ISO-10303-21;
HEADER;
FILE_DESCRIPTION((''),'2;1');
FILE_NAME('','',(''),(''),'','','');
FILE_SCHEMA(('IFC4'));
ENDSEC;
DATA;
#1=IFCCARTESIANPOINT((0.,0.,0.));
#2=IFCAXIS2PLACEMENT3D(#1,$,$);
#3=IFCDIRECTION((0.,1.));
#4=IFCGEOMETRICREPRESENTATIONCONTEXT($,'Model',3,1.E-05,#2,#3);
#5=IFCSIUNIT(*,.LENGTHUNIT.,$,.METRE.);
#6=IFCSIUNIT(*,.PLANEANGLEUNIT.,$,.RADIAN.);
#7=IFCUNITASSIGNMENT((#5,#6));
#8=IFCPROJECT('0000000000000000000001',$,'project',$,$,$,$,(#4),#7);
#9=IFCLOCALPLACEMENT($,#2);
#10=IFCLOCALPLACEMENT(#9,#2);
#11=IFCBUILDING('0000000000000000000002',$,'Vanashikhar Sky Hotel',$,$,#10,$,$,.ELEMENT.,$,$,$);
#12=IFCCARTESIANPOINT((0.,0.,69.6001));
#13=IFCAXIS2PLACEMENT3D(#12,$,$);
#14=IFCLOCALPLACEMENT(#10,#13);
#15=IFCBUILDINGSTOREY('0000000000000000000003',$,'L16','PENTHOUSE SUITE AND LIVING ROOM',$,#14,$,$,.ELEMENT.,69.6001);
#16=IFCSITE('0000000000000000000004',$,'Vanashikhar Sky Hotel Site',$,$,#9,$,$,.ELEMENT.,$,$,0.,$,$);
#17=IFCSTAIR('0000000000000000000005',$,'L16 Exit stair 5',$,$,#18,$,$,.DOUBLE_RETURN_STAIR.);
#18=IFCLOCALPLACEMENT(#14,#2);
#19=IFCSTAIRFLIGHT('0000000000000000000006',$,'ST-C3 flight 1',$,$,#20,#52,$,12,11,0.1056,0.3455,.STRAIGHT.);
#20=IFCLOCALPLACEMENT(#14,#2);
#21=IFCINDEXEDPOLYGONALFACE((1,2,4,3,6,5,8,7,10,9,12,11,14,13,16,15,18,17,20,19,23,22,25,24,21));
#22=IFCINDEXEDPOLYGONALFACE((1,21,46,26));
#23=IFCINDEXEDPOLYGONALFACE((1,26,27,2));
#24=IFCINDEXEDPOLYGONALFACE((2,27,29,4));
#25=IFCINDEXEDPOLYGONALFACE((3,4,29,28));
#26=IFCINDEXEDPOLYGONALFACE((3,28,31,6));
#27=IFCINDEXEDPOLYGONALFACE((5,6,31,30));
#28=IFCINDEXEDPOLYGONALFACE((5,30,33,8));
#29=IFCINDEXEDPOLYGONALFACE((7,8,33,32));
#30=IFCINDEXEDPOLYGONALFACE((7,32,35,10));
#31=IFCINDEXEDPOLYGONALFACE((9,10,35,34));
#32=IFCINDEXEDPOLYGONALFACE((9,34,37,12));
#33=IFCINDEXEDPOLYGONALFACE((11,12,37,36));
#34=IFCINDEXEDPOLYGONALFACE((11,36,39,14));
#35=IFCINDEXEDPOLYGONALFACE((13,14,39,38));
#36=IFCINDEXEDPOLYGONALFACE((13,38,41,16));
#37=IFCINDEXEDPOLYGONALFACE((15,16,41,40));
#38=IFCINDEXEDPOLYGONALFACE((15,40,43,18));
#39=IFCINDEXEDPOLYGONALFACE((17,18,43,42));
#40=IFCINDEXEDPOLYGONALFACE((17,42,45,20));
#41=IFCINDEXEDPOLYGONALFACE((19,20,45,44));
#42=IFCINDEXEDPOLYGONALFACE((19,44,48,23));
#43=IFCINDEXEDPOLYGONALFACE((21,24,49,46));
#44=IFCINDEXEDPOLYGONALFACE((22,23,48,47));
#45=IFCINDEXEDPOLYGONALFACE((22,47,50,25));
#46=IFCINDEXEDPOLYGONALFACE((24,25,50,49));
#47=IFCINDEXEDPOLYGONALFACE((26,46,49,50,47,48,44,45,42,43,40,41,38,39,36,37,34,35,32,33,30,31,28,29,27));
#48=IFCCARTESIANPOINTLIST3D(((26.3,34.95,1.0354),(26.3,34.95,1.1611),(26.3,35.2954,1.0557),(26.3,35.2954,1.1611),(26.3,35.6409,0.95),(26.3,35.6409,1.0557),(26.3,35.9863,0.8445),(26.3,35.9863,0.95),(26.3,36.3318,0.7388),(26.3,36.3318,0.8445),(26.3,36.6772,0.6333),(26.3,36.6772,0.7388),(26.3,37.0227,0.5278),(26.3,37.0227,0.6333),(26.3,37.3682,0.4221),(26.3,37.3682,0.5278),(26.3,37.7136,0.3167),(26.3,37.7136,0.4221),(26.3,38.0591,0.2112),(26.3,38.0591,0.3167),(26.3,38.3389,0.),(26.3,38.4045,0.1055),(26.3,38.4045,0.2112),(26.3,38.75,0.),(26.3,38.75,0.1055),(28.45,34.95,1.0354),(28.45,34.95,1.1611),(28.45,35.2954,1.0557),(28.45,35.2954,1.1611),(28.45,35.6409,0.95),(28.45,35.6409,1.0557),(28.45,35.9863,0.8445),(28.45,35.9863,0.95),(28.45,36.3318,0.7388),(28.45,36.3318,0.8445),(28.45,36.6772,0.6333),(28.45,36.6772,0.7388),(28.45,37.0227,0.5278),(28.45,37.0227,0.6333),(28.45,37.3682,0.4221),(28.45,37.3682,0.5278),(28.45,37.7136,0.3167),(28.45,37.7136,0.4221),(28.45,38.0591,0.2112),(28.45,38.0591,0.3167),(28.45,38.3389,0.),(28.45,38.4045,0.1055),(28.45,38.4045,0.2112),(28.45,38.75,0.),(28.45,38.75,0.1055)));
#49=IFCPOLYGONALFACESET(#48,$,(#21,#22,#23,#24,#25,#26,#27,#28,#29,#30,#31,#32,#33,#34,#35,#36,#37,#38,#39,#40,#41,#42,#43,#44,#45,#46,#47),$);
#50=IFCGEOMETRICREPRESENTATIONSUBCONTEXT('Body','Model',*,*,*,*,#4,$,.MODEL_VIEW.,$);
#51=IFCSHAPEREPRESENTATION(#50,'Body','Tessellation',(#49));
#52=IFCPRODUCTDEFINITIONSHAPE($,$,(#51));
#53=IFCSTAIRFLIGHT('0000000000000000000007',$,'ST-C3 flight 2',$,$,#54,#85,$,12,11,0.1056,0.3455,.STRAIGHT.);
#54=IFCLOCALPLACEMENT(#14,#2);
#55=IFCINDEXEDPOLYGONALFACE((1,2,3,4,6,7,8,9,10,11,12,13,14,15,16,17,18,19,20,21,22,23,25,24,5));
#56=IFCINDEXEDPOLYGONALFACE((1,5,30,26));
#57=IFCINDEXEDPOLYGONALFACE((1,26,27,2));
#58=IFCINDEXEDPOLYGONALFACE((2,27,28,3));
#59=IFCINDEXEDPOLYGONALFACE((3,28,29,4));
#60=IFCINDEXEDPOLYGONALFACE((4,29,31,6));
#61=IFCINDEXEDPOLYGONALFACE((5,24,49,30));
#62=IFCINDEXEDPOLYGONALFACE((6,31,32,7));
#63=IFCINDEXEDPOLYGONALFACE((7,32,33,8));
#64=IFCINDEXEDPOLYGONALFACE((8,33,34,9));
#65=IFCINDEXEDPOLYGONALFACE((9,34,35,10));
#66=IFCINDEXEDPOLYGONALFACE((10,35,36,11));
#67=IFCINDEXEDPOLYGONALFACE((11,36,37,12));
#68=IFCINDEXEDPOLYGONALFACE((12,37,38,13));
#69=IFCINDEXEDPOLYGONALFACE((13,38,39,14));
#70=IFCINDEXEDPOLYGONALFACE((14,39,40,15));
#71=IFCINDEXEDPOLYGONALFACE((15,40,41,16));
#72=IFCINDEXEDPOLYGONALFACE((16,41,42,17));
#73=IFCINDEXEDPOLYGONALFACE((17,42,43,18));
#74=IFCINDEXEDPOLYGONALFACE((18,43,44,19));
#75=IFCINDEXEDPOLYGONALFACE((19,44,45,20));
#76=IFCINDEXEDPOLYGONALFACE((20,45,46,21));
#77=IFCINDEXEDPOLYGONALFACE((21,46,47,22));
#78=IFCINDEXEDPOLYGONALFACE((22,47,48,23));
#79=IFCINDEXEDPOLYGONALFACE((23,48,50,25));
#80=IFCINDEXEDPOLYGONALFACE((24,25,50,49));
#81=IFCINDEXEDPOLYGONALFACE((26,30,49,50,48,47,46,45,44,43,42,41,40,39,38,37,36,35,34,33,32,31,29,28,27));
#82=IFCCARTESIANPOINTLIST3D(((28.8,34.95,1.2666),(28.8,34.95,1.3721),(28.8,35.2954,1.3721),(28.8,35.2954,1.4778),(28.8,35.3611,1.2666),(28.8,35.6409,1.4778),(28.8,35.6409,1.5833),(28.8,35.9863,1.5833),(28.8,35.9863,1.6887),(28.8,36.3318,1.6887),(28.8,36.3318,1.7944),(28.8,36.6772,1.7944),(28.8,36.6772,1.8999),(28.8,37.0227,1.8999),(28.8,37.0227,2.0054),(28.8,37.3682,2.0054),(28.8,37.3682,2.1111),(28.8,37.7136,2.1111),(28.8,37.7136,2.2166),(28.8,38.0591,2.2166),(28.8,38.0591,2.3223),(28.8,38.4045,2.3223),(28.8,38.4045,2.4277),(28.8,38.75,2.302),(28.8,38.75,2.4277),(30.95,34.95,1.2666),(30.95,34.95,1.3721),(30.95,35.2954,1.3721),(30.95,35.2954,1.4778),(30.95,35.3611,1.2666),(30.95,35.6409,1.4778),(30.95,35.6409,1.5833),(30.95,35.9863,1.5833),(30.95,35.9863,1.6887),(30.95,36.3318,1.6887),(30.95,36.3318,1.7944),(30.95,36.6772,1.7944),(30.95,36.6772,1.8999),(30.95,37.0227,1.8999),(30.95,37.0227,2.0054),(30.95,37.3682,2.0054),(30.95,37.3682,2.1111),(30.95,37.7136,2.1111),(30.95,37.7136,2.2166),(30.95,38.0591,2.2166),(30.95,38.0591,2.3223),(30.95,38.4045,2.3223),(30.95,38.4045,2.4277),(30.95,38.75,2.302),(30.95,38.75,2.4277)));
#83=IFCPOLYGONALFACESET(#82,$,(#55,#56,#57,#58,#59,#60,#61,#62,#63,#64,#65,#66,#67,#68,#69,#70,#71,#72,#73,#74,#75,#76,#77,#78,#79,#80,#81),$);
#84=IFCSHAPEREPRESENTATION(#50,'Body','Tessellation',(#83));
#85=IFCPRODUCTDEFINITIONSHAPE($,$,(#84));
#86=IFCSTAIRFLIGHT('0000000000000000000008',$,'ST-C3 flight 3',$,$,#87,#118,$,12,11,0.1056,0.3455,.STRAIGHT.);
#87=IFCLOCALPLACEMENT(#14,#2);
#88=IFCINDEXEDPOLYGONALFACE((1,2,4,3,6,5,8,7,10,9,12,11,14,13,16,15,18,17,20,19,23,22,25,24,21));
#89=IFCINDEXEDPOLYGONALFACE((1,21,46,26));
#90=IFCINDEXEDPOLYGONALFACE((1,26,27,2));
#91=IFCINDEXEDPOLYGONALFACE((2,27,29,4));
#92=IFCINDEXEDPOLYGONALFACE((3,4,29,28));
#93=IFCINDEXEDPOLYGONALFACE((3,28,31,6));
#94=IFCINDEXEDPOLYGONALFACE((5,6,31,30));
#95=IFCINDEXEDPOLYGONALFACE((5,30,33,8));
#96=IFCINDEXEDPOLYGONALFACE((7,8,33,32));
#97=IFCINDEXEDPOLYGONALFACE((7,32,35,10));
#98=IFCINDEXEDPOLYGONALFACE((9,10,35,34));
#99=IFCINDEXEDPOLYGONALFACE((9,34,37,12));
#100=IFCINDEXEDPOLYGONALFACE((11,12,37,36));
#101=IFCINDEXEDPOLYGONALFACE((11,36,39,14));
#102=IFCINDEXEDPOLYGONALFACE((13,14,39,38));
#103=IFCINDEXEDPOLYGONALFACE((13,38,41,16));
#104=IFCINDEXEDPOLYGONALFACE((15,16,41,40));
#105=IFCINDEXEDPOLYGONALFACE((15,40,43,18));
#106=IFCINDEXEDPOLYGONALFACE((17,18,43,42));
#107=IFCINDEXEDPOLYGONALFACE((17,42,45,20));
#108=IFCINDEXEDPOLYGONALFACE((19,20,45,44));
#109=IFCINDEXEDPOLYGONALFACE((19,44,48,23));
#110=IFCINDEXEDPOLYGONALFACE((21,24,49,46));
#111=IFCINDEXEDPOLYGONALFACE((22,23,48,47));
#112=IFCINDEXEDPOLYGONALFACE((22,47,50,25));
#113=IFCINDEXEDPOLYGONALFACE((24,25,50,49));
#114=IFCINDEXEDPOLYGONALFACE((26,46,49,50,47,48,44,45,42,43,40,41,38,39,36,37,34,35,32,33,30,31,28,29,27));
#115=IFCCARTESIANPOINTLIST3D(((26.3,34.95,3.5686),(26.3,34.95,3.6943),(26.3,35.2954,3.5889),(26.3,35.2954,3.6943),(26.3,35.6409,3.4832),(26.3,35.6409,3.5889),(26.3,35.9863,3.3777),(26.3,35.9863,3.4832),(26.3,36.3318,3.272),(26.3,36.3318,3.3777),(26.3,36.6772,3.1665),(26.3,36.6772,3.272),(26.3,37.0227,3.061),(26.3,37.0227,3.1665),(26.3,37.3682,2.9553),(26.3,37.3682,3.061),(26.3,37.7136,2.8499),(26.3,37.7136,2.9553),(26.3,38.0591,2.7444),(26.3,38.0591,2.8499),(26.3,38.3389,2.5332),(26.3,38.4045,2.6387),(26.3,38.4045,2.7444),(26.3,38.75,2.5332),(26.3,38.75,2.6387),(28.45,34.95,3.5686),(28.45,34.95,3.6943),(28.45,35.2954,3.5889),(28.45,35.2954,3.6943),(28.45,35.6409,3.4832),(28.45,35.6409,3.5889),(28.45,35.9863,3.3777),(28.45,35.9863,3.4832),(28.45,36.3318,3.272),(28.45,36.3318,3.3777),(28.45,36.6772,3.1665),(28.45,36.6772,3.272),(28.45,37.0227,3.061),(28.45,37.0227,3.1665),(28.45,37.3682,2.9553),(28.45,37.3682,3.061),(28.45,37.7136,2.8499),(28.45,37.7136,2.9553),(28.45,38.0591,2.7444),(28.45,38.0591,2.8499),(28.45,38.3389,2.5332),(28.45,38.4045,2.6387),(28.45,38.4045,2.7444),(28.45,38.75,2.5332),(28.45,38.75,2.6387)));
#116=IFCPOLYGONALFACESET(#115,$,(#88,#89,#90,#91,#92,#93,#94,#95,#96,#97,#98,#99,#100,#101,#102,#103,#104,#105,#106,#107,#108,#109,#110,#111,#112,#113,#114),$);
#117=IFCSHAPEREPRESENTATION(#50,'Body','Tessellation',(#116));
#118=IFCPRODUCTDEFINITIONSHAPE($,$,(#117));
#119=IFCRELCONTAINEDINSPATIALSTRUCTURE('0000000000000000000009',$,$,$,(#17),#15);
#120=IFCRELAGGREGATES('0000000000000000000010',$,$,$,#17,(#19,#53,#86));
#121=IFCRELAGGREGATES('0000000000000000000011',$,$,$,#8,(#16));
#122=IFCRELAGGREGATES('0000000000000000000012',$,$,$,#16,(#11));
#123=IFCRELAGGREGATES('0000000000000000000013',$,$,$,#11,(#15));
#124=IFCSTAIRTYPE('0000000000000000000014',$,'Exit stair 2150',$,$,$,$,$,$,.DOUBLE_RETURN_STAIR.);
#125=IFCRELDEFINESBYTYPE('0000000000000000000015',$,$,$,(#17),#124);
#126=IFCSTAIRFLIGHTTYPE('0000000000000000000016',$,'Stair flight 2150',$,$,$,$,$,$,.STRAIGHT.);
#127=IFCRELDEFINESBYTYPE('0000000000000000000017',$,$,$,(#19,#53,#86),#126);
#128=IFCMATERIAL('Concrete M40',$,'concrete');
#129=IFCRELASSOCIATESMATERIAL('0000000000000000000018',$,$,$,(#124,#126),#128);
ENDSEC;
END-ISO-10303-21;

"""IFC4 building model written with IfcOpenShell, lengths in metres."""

from ifc_helpers import new_model, si_unit, direction, frame, origin, place, context, subcontext, project, spatial, polyline, outline, extrude, source, transform, mapped, material, type_object, element, aggregate, save


model = new_model("IFC4")

# Units and contexts
model_context = context("Model", 3, precision=1e-05, world=origin(), true_north=direction((0.0, 1.0)))
body_context = subcontext(model_context, "Body", "Model", "MODEL_VIEW")
ifc_project = project(units=[si_unit("LENGTHUNIT", "METRE"), si_unit("PLANEANGLEUNIT", "RADIAN")], contexts=[model_context])

# Site, building, storey
site_placement = place(None, origin())
site = spatial("IfcSite", under=ifc_project, at=site_placement, Name="Vanashikhar Sky Hotel Site", CompositionType="ELEMENT", RefElevation=0.0)
building_placement = place(site_placement, origin())
building = spatial("IfcBuilding", under=site, at=building_placement, Name="Vanashikhar Sky Hotel", CompositionType="ELEMENT")
storey_placement = place(building_placement, frame((0.0, 0.0, 69.6001)))
storey = spatial("IfcBuildingStorey", under=building, at=storey_placement, Name="L16", Description="PENTHOUSE SUITE AND LIVING ROOM", CompositionType="ELEMENT", Elevation=69.6001)

# Shared definitions
ifc_material_1 = material(Name="Concrete M40", Category="concrete")

# Stair, stair flights
stair_type = type_object("IfcStairType", Name="Exit stair 2150", PredefinedType="DOUBLE_RETURN_STAIR", material=ifc_material_1)
stair_placement = place(storey_placement, origin())
stair = element("IfcStair", 1, at=stair_placement, inside=storey, type_object=stair_type, Name="L16 Exit stair 5", PredefinedType="DOUBLE_RETURN_STAIR")
stair_flight_type = type_object("IfcStairFlightType", Name="Stair flight 2150", PredefinedType="STRAIGHT", material=ifc_material_1)
shared_shape_1 = source(origin(), body_context, "Body", "SweptSolid", [
    extrude(outline(polyline([(0.0, 0.0), (0.0, 0.1055), (0.3455, 0.1055), (0.3455, 0.2112), (0.6909, 0.2112), (0.6909, 0.3167), (1.0364, 0.3167), (1.0364, 0.4221), (1.3818, 0.4221), (1.3818, 0.5278), (1.7273, 0.5278), (1.7273, 0.6333), (2.0728, 0.6333), (2.0728, 0.7388), (2.4182, 0.7388), (2.4182, 0.8445), (2.7637, 0.8445), (2.7637, 0.95), (3.1091, 0.95), (3.1091, 1.0557), (3.4546, 1.0557), (3.4546, 1.1611), (3.8, 1.1611), (3.8, 1.2666), (3.8, 1.0354), (0.4111, 0.0), (0.0, 0.0)])), frame((0.0, 1.075, 0.0), z_axis=(0.0, -1.0, 0.0), x_axis=(1.0, 0.0, 0.0)), (0.0, 0.0, 1.0), 2.1499),
])
stair_flight_1_placement = place(storey_placement, frame((27.375, 38.75, 0.0), z_axis=(0.0, 0.0, 1.0), x_axis=(0.0, -1.0, 0.0)))
stair_flight_1 = element("IfcStairFlight", 2, at=stair_flight_1_placement, type_object=stair_flight_type, Name="ST-C3 flight 1", NumberOfRisers=12, NumberOfTreads=11, PredefinedType="STRAIGHT", RiserHeight=0.1056, TreadLength=0.3455, context=body_context, shape_type="MappedRepresentation", body=[
    mapped(shared_shape_1, transform((0.0, 0.0, 0.0), scale=1.0)),
])
stair_flight_2_placement = place(storey_placement, frame((29.875, 34.95, 1.2666), z_axis=(0.0, 0.0, 1.0), x_axis=(0.0, 1.0, 0.0)))
stair_flight_2 = element("IfcStairFlight", 3, at=stair_flight_2_placement, type_object=stair_flight_type, Name="ST-C3 flight 2", NumberOfRisers=12, NumberOfTreads=11, PredefinedType="STRAIGHT", RiserHeight=0.1056, TreadLength=0.3455, context=body_context, shape_type="MappedRepresentation", body=[
    mapped(shared_shape_1, transform((0.0, 0.0, 0.0), scale=1.0)),
])
stair_flight_3_placement = place(storey_placement, frame((27.375, 38.75, 2.5332), z_axis=(0.0, 0.0, 1.0), x_axis=(0.0, -1.0, 0.0)))
stair_flight_3 = element("IfcStairFlight", 4, at=stair_flight_3_placement, type_object=stair_flight_type, Name="ST-C3 flight 3", NumberOfRisers=12, NumberOfTreads=11, PredefinedType="STRAIGHT", RiserHeight=0.1056, TreadLength=0.3455, context=body_context, shape_type="MappedRepresentation", body=[
    mapped(shared_shape_1, transform((0.0, 0.0, 0.0), scale=1.0)),
])
aggregate(stair, [stair_flight_1, stair_flight_2, stair_flight_3])

save(model, "model.ifc")
